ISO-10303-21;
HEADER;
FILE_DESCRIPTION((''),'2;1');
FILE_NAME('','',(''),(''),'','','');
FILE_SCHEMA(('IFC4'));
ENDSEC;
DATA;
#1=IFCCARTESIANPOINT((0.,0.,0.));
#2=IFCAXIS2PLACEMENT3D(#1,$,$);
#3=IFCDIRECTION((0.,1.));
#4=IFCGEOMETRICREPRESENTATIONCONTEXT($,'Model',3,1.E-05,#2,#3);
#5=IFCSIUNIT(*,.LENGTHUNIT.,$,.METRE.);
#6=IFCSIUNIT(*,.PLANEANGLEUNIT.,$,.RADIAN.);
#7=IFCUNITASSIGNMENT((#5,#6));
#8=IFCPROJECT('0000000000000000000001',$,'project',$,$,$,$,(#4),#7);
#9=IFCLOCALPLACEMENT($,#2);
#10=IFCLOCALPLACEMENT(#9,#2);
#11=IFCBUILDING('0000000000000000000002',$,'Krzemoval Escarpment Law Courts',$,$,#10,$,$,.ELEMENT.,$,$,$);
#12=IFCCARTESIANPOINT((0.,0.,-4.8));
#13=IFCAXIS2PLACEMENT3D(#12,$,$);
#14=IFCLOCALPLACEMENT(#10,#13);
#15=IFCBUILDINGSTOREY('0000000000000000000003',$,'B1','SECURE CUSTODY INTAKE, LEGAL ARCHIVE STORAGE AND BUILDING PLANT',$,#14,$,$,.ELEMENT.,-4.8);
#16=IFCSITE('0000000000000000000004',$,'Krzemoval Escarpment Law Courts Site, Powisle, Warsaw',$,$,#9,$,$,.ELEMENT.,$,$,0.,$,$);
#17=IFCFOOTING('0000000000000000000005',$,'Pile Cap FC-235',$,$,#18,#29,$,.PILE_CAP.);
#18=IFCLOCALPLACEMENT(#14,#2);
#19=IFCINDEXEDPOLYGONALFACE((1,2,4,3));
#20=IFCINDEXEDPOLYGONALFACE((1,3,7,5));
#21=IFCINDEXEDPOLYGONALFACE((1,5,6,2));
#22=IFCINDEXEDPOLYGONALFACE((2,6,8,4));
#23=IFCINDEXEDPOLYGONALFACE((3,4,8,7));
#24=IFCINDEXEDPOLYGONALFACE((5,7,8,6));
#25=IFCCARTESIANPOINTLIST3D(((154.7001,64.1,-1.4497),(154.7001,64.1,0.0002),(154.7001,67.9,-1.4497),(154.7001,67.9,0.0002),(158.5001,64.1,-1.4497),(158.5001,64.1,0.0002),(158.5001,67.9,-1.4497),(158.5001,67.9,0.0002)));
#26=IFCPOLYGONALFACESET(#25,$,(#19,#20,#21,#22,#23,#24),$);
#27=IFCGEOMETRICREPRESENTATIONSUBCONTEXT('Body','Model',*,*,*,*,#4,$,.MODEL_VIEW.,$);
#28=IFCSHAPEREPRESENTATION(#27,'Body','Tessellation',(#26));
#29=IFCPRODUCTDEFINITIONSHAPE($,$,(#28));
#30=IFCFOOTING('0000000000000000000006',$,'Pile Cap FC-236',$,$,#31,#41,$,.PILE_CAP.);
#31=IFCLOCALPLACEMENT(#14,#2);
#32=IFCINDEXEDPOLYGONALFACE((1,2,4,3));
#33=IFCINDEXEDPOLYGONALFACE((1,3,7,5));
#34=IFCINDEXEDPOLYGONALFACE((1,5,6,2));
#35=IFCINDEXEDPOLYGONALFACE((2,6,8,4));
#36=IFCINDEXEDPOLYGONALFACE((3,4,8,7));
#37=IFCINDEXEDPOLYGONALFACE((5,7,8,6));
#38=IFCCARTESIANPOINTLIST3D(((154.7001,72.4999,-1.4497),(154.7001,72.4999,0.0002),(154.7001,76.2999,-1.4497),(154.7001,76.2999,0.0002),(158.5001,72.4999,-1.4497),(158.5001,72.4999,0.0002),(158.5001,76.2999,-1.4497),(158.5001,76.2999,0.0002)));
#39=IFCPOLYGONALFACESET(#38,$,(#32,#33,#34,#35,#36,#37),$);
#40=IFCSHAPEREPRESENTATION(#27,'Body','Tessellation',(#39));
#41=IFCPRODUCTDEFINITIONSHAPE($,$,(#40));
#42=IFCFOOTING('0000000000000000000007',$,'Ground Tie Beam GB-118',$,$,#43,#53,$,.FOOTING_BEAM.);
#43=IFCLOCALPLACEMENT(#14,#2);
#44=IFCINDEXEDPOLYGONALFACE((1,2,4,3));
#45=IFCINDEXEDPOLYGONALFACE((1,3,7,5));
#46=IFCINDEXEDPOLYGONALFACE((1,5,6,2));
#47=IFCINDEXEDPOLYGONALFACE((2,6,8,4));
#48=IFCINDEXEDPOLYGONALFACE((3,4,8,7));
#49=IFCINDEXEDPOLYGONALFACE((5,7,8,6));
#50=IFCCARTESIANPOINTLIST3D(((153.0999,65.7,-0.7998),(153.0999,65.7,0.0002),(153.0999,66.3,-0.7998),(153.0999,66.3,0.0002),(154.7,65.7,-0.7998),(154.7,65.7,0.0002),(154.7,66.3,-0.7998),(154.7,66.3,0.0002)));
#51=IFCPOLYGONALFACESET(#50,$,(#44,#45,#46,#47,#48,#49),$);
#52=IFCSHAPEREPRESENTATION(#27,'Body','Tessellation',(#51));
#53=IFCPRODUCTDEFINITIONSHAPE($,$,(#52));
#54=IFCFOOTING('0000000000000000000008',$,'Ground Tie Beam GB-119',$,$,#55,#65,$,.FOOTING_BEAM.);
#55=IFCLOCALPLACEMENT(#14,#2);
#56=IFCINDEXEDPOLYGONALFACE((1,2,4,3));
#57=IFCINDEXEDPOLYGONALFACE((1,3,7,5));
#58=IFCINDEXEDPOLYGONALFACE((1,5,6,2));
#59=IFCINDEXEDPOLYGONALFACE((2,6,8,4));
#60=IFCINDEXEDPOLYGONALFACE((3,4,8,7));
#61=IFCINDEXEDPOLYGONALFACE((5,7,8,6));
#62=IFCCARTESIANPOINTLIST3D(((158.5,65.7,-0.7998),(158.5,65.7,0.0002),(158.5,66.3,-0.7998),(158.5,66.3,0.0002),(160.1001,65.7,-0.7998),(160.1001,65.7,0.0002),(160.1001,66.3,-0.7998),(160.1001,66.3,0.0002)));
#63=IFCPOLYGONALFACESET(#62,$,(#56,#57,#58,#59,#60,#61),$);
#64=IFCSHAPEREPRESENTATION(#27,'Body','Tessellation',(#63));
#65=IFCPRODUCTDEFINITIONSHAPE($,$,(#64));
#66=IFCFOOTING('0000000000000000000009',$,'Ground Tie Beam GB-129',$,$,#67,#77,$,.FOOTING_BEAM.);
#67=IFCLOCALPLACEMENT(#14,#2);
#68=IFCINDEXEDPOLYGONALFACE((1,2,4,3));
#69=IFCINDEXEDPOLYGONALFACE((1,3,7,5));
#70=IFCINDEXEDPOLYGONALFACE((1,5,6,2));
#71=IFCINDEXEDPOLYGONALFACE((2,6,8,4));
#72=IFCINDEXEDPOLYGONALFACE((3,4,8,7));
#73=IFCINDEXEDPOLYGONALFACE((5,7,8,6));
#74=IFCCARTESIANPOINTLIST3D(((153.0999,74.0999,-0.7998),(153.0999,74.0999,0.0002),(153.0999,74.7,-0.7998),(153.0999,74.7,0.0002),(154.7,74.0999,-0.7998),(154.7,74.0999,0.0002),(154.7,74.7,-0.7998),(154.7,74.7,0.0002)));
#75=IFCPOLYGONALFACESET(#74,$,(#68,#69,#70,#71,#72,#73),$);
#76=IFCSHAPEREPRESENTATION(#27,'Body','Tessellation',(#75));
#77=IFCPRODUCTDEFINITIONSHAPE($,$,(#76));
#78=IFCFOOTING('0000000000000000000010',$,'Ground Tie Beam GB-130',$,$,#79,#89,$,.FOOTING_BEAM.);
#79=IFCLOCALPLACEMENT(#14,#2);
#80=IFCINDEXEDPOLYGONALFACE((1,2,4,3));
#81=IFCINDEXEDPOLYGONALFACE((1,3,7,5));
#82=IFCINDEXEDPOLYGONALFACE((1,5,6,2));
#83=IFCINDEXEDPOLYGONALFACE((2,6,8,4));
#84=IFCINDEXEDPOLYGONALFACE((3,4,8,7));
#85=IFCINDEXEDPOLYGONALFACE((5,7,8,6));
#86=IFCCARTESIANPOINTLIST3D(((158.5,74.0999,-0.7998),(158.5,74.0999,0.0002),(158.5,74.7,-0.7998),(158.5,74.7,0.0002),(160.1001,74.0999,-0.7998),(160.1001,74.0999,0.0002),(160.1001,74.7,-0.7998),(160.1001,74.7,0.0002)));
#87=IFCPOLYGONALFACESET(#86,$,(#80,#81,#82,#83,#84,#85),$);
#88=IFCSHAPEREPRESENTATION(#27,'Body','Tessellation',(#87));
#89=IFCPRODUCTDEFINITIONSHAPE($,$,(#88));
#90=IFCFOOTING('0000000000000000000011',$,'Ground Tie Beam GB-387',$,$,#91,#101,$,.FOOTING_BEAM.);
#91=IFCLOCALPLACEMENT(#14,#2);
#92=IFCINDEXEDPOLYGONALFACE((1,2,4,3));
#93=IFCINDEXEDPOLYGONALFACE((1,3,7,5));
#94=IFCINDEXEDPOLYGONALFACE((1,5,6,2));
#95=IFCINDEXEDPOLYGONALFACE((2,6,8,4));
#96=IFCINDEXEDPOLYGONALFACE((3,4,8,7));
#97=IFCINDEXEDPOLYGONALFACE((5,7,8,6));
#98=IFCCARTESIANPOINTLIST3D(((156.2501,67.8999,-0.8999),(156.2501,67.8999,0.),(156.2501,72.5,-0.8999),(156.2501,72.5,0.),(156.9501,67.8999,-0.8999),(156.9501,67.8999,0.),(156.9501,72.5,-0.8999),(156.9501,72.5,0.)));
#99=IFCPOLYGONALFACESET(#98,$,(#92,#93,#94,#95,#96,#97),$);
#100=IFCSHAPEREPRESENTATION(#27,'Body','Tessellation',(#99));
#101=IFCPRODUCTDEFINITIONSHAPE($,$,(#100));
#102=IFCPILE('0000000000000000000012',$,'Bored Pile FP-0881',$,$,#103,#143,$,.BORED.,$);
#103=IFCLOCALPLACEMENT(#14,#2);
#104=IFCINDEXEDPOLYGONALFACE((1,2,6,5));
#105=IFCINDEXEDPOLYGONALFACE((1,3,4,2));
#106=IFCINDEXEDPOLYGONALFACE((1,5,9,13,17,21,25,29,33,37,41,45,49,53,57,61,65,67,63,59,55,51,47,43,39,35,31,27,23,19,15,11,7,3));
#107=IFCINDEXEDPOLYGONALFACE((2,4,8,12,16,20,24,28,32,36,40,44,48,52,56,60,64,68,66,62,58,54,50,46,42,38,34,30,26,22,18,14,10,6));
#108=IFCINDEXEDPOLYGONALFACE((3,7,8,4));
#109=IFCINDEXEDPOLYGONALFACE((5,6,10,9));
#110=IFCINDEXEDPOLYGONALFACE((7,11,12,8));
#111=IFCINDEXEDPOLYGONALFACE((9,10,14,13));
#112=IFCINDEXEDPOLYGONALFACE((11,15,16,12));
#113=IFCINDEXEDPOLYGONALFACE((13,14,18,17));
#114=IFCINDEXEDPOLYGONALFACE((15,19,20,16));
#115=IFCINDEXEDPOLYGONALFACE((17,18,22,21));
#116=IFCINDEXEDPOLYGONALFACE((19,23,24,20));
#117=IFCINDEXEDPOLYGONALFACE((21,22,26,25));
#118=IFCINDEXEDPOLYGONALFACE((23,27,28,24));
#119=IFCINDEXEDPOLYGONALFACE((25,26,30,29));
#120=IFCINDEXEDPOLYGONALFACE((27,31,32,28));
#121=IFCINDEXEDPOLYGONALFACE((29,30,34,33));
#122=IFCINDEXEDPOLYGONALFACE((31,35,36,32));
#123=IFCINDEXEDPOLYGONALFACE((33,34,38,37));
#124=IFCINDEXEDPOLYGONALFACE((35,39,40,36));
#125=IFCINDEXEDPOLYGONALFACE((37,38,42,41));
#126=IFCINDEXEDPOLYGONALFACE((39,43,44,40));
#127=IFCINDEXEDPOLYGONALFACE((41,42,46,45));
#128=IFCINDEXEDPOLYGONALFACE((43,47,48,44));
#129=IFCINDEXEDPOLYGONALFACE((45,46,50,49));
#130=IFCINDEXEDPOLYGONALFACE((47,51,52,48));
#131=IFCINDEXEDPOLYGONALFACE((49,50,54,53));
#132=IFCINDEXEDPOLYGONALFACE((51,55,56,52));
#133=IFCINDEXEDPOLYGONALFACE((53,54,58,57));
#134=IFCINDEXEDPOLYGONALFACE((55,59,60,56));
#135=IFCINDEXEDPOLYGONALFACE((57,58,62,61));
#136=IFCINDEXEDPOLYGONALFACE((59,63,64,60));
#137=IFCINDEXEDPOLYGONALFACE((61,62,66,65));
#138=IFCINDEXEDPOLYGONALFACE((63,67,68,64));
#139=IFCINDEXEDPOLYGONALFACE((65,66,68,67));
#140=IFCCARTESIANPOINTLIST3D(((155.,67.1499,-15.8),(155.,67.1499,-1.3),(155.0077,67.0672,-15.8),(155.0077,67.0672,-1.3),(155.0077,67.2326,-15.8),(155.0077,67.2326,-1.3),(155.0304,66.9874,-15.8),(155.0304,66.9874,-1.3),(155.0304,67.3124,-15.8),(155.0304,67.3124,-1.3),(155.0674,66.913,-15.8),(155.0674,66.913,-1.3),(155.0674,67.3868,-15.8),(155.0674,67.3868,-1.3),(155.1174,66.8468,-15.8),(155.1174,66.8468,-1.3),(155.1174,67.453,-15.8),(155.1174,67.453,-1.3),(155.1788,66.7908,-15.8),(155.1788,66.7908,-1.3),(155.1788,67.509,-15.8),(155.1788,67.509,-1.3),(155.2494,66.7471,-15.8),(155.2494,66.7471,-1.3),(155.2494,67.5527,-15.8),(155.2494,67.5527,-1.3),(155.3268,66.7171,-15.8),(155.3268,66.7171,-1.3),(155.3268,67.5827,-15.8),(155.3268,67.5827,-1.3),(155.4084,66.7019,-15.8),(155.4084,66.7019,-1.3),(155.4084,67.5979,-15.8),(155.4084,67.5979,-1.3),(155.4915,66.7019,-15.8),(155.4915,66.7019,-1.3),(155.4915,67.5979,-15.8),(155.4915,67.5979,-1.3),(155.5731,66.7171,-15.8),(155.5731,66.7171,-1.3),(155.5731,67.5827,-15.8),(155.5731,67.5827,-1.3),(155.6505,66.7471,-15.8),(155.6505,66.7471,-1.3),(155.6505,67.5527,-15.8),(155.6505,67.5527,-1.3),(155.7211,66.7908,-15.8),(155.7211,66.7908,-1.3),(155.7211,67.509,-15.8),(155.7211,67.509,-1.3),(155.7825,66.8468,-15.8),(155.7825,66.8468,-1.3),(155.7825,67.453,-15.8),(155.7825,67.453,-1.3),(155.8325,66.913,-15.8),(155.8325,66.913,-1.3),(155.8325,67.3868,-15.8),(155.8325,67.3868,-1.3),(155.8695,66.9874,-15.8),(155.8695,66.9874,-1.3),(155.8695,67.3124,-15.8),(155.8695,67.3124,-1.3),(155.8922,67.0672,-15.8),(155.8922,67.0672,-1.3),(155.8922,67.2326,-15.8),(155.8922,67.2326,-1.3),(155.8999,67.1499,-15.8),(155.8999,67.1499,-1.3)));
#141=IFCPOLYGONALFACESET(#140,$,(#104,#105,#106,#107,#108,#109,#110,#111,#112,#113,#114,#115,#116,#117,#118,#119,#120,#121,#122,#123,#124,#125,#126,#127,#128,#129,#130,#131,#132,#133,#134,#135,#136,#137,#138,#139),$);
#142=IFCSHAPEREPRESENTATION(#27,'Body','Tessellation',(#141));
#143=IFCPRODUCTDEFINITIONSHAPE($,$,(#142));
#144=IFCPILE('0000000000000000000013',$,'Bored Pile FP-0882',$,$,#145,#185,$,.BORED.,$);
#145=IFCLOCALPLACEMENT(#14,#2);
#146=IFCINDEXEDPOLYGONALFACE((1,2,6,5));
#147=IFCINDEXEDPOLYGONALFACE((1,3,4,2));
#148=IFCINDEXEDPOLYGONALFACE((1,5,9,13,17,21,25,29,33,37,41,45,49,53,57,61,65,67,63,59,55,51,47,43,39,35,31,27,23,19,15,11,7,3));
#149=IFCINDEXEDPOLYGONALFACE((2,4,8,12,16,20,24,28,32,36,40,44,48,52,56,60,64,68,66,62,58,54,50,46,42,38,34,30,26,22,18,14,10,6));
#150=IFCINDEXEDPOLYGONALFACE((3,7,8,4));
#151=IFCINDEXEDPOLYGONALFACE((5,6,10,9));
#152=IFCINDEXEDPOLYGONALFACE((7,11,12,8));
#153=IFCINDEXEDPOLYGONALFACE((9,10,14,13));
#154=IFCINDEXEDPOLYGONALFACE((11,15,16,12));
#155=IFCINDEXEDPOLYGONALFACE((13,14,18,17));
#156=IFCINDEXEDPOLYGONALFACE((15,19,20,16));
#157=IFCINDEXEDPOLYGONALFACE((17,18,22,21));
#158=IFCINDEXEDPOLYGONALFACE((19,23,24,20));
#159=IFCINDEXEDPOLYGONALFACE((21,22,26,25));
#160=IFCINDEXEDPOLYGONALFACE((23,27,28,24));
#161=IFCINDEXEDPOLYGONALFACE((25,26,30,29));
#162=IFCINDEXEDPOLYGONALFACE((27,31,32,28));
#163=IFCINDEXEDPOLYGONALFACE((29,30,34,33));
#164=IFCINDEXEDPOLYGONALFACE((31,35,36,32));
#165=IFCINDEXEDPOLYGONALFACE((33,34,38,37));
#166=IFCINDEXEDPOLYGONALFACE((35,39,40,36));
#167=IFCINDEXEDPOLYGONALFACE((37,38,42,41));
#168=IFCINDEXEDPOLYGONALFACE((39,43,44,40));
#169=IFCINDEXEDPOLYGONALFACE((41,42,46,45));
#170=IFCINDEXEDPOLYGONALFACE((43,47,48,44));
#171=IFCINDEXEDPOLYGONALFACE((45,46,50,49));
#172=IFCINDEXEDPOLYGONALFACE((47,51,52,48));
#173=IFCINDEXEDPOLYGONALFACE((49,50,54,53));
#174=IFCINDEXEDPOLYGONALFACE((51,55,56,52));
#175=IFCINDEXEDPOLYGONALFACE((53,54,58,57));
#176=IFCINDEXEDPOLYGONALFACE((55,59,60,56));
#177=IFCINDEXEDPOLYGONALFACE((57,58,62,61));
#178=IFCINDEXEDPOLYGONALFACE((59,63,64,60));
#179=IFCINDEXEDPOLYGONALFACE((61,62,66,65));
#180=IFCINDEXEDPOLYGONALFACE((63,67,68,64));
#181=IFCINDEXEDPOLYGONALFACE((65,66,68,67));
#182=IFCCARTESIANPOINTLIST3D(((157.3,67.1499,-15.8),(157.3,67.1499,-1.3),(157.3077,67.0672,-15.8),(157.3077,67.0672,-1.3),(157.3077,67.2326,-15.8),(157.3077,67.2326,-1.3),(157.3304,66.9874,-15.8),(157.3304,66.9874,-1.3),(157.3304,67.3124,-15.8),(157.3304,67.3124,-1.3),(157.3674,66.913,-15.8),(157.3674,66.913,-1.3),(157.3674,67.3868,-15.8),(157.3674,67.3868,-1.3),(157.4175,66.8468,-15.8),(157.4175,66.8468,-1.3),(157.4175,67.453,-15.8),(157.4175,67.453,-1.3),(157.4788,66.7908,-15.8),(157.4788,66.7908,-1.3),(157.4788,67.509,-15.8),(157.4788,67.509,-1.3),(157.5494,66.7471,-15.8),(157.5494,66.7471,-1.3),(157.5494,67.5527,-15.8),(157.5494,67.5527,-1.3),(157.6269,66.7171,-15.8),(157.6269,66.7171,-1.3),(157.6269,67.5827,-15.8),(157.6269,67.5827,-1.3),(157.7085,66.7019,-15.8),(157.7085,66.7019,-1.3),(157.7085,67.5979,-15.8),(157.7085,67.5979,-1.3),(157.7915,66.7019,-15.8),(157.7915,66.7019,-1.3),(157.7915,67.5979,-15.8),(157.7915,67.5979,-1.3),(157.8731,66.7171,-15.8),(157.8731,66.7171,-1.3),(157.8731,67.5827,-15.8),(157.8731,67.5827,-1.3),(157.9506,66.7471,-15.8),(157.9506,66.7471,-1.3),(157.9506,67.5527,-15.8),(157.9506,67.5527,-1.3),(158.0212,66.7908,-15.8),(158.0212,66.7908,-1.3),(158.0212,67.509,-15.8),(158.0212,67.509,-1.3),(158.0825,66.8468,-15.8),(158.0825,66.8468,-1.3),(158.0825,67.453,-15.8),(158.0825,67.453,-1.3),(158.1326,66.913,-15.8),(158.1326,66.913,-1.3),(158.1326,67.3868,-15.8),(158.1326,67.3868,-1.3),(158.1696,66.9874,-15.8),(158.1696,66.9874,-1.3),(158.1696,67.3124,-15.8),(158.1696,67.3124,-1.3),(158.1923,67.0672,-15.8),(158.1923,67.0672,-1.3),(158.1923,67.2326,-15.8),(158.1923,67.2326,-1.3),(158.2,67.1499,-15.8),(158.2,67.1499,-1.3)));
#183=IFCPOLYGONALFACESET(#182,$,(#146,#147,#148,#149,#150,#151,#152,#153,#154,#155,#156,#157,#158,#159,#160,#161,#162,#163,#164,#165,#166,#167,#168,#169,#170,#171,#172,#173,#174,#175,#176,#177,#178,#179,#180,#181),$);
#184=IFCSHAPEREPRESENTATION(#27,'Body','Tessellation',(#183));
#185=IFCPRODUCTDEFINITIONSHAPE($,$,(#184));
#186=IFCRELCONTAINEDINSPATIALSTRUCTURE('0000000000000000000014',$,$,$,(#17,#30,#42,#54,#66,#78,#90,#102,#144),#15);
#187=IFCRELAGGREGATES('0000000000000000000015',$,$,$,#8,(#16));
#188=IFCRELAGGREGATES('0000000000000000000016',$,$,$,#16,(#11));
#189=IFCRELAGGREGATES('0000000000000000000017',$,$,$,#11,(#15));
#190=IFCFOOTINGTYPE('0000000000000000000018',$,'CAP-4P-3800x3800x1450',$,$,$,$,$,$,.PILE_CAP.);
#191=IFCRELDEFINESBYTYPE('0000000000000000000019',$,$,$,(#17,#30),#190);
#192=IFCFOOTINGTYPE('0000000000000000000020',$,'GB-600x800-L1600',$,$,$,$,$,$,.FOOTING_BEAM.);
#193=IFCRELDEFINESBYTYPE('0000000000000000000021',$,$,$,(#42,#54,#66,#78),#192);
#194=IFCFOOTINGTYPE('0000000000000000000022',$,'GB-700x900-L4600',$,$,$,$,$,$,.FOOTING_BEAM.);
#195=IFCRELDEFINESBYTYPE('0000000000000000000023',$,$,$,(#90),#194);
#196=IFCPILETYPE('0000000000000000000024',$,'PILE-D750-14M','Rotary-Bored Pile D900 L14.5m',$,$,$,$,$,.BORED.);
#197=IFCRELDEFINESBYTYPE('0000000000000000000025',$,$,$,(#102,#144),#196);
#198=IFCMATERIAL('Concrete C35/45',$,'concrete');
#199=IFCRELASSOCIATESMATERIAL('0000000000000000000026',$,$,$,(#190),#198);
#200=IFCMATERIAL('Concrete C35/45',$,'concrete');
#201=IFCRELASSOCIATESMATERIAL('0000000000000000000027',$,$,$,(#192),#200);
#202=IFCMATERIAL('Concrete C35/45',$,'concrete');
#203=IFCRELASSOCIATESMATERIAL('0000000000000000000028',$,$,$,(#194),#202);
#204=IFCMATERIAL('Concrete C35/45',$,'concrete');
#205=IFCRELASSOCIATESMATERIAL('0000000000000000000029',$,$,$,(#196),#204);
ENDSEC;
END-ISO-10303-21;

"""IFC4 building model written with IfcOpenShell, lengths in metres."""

from ifc_helpers import new_model, si_unit, direction, frame, origin, origin_2d, place, context, subcontext, project, spatial, rectangle, circle, extrude, material, material_profile, profile_set, type_object, element, save


model = new_model("IFC4")

# Units and contexts
model_context = context("Model", 3, precision=1e-05, world=origin(), true_north=direction((0.0, 1.0)))
body_context = subcontext(model_context, "Body", "Model", "MODEL_VIEW")
ifc_project = project(units=[si_unit("LENGTHUNIT", "METRE"), si_unit("PLANEANGLEUNIT", "RADIAN")], contexts=[model_context])

# Site, building, storey
site_placement = place(None, origin())
site = spatial("IfcSite", under=ifc_project, at=site_placement, Name="Krzemoval Escarpment Law Courts Site, Powisle, Warsaw", CompositionType="ELEMENT", RefElevation=0.0)
building_placement = place(site_placement, origin())
building = spatial("IfcBuilding", under=site, at=building_placement, Name="Krzemoval Escarpment Law Courts", CompositionType="ELEMENT")
storey_placement = place(building_placement, frame((0.0, 0.0, -4.8)))
storey = spatial("IfcBuildingStorey", under=building, at=storey_placement, Name="B1", Description="SECURE CUSTODY INTAKE, LEGAL ARCHIVE STORAGE AND BUILDING PLANT", CompositionType="ELEMENT", Elevation=-4.8)

# Footings
ifc_material_1 = material(Name="Concrete C35/45", Category="concrete")
footing_type_1 = type_object("IfcFootingType", Name="CAP-4P-3800x3800x1450", PredefinedType="PILE_CAP", material=ifc_material_1)
for number, where, z_axis, x_axis, name in (
    (1, (156.6001, 66.0, -1.4497), (0.0, 0.0, 1.0), (1.0, 0.0, 0.0), "Pile Cap FC-235"),
    (2, (156.6001, 74.3999, -1.4497), (0.0, 0.0, 1.0), (1.0, 0.0, 0.0), "Pile Cap FC-236"),
):
    element("IfcFooting", number, at=place(storey_placement, frame(where, z_axis=z_axis, x_axis=x_axis)), inside=storey, type_object=footing_type_1, Name=name, PredefinedType="PILE_CAP", context=body_context, shape_type="SweptSolid", body=[
        extrude(rectangle(XDim=3.8, YDim=3.8, at=origin_2d()), origin(), (0.0, 0.0, 1.0), 1.45),
    ])
ifc_material_2 = material(Name="Concrete C35/45", Category="concrete")
footing_type_2 = type_object("IfcFootingType", Name="GB-600x800-L1600", PredefinedType="FOOTING_BEAM", material=ifc_material_2)
for number, where, z_axis, x_axis, name in (
    (3, (153.8999, 66.0, -0.7998), (0.0, 0.0, 1.0), (1.0, 0.0, 0.0), "Ground Tie Beam GB-118"),
    (4, (159.3, 66.0, -0.7998), (0.0, 0.0, 1.0), (1.0, 0.0, 0.0), "Ground Tie Beam GB-119"),
    (5, (153.8999, 74.3999, -0.7998), (0.0, 0.0, 1.0), (1.0, 0.0, 0.0), "Ground Tie Beam GB-129"),
    (6, (159.3, 74.3999, -0.7998), (0.0, 0.0, 1.0), (1.0, 0.0, 0.0), "Ground Tie Beam GB-130"),
):
    element("IfcFooting", number, at=place(storey_placement, frame(where, z_axis=z_axis, x_axis=x_axis)), inside=storey, type_object=footing_type_2, Name=name, PredefinedType="FOOTING_BEAM", context=body_context, shape_type="SweptSolid", body=[
        extrude(rectangle(XDim=1.6001, YDim=0.6001, at=origin_2d()), origin(), (0.0, 0.0, 1.0), 0.8),
    ])
ifc_material_3 = material(Name="Concrete C35/45", Category="concrete")
footing_type_3 = type_object("IfcFootingType", Name="GB-700x900-L4600", PredefinedType="FOOTING_BEAM", material=ifc_material_3)
footing_placement = place(storey_placement, frame((156.6001, 70.2, -0.8999), z_axis=(0.0, 0.0, 1.0), x_axis=(0.0, 1.0, 0.0)))
element("IfcFooting", 7, at=footing_placement, inside=storey, type_object=footing_type_3, Name="Ground Tie Beam GB-387", PredefinedType="FOOTING_BEAM", context=body_context, shape_type="SweptSolid", body=[
    extrude(rectangle(XDim=4.6001, YDim=0.7, at=origin_2d()), origin(), (0.0, 0.0, 1.0), 0.8999),
])

# Piles
ifc_material_4 = material(Name="Concrete C35/45", Category="concrete")
ifc_material_profile_1 = material_profile(ifc_material_4, circle(Radius=0.45, at=origin_2d()), Name="PILE D900")
ifc_profile_set_1 = profile_set([ifc_material_profile_1], Name="Concrete C35/45")
pile_type = type_object("IfcPileType", Name="PILE-D750-14M", Description="Rotary-Bored Pile D900 L14.5m", PredefinedType="BORED", material=ifc_profile_set_1)
for number, where, z_axis, x_axis, name in (
    (8, (155.45, 67.1499, -1.3), (0.0, 0.0, -1.0), (1.0, 0.0, 0.0), "Bored Pile FP-0881"),
    (9, (157.75, 67.1499, -1.3), (0.0, 0.0, -1.0), (1.0, 0.0, 0.0), "Bored Pile FP-0882"),
):
    element("IfcPile", number, at=place(storey_placement, frame(where, z_axis=z_axis, x_axis=x_axis)), inside=storey, type_object=pile_type, Name=name, PredefinedType="BORED", context=body_context, shape_type="SweptSolid", body=[
        extrude(circle(Radius=0.45, at=origin_2d()), origin(), (0.0, 0.0, 1.0), 14.5),
    ])

save(model, "model.ifc")
